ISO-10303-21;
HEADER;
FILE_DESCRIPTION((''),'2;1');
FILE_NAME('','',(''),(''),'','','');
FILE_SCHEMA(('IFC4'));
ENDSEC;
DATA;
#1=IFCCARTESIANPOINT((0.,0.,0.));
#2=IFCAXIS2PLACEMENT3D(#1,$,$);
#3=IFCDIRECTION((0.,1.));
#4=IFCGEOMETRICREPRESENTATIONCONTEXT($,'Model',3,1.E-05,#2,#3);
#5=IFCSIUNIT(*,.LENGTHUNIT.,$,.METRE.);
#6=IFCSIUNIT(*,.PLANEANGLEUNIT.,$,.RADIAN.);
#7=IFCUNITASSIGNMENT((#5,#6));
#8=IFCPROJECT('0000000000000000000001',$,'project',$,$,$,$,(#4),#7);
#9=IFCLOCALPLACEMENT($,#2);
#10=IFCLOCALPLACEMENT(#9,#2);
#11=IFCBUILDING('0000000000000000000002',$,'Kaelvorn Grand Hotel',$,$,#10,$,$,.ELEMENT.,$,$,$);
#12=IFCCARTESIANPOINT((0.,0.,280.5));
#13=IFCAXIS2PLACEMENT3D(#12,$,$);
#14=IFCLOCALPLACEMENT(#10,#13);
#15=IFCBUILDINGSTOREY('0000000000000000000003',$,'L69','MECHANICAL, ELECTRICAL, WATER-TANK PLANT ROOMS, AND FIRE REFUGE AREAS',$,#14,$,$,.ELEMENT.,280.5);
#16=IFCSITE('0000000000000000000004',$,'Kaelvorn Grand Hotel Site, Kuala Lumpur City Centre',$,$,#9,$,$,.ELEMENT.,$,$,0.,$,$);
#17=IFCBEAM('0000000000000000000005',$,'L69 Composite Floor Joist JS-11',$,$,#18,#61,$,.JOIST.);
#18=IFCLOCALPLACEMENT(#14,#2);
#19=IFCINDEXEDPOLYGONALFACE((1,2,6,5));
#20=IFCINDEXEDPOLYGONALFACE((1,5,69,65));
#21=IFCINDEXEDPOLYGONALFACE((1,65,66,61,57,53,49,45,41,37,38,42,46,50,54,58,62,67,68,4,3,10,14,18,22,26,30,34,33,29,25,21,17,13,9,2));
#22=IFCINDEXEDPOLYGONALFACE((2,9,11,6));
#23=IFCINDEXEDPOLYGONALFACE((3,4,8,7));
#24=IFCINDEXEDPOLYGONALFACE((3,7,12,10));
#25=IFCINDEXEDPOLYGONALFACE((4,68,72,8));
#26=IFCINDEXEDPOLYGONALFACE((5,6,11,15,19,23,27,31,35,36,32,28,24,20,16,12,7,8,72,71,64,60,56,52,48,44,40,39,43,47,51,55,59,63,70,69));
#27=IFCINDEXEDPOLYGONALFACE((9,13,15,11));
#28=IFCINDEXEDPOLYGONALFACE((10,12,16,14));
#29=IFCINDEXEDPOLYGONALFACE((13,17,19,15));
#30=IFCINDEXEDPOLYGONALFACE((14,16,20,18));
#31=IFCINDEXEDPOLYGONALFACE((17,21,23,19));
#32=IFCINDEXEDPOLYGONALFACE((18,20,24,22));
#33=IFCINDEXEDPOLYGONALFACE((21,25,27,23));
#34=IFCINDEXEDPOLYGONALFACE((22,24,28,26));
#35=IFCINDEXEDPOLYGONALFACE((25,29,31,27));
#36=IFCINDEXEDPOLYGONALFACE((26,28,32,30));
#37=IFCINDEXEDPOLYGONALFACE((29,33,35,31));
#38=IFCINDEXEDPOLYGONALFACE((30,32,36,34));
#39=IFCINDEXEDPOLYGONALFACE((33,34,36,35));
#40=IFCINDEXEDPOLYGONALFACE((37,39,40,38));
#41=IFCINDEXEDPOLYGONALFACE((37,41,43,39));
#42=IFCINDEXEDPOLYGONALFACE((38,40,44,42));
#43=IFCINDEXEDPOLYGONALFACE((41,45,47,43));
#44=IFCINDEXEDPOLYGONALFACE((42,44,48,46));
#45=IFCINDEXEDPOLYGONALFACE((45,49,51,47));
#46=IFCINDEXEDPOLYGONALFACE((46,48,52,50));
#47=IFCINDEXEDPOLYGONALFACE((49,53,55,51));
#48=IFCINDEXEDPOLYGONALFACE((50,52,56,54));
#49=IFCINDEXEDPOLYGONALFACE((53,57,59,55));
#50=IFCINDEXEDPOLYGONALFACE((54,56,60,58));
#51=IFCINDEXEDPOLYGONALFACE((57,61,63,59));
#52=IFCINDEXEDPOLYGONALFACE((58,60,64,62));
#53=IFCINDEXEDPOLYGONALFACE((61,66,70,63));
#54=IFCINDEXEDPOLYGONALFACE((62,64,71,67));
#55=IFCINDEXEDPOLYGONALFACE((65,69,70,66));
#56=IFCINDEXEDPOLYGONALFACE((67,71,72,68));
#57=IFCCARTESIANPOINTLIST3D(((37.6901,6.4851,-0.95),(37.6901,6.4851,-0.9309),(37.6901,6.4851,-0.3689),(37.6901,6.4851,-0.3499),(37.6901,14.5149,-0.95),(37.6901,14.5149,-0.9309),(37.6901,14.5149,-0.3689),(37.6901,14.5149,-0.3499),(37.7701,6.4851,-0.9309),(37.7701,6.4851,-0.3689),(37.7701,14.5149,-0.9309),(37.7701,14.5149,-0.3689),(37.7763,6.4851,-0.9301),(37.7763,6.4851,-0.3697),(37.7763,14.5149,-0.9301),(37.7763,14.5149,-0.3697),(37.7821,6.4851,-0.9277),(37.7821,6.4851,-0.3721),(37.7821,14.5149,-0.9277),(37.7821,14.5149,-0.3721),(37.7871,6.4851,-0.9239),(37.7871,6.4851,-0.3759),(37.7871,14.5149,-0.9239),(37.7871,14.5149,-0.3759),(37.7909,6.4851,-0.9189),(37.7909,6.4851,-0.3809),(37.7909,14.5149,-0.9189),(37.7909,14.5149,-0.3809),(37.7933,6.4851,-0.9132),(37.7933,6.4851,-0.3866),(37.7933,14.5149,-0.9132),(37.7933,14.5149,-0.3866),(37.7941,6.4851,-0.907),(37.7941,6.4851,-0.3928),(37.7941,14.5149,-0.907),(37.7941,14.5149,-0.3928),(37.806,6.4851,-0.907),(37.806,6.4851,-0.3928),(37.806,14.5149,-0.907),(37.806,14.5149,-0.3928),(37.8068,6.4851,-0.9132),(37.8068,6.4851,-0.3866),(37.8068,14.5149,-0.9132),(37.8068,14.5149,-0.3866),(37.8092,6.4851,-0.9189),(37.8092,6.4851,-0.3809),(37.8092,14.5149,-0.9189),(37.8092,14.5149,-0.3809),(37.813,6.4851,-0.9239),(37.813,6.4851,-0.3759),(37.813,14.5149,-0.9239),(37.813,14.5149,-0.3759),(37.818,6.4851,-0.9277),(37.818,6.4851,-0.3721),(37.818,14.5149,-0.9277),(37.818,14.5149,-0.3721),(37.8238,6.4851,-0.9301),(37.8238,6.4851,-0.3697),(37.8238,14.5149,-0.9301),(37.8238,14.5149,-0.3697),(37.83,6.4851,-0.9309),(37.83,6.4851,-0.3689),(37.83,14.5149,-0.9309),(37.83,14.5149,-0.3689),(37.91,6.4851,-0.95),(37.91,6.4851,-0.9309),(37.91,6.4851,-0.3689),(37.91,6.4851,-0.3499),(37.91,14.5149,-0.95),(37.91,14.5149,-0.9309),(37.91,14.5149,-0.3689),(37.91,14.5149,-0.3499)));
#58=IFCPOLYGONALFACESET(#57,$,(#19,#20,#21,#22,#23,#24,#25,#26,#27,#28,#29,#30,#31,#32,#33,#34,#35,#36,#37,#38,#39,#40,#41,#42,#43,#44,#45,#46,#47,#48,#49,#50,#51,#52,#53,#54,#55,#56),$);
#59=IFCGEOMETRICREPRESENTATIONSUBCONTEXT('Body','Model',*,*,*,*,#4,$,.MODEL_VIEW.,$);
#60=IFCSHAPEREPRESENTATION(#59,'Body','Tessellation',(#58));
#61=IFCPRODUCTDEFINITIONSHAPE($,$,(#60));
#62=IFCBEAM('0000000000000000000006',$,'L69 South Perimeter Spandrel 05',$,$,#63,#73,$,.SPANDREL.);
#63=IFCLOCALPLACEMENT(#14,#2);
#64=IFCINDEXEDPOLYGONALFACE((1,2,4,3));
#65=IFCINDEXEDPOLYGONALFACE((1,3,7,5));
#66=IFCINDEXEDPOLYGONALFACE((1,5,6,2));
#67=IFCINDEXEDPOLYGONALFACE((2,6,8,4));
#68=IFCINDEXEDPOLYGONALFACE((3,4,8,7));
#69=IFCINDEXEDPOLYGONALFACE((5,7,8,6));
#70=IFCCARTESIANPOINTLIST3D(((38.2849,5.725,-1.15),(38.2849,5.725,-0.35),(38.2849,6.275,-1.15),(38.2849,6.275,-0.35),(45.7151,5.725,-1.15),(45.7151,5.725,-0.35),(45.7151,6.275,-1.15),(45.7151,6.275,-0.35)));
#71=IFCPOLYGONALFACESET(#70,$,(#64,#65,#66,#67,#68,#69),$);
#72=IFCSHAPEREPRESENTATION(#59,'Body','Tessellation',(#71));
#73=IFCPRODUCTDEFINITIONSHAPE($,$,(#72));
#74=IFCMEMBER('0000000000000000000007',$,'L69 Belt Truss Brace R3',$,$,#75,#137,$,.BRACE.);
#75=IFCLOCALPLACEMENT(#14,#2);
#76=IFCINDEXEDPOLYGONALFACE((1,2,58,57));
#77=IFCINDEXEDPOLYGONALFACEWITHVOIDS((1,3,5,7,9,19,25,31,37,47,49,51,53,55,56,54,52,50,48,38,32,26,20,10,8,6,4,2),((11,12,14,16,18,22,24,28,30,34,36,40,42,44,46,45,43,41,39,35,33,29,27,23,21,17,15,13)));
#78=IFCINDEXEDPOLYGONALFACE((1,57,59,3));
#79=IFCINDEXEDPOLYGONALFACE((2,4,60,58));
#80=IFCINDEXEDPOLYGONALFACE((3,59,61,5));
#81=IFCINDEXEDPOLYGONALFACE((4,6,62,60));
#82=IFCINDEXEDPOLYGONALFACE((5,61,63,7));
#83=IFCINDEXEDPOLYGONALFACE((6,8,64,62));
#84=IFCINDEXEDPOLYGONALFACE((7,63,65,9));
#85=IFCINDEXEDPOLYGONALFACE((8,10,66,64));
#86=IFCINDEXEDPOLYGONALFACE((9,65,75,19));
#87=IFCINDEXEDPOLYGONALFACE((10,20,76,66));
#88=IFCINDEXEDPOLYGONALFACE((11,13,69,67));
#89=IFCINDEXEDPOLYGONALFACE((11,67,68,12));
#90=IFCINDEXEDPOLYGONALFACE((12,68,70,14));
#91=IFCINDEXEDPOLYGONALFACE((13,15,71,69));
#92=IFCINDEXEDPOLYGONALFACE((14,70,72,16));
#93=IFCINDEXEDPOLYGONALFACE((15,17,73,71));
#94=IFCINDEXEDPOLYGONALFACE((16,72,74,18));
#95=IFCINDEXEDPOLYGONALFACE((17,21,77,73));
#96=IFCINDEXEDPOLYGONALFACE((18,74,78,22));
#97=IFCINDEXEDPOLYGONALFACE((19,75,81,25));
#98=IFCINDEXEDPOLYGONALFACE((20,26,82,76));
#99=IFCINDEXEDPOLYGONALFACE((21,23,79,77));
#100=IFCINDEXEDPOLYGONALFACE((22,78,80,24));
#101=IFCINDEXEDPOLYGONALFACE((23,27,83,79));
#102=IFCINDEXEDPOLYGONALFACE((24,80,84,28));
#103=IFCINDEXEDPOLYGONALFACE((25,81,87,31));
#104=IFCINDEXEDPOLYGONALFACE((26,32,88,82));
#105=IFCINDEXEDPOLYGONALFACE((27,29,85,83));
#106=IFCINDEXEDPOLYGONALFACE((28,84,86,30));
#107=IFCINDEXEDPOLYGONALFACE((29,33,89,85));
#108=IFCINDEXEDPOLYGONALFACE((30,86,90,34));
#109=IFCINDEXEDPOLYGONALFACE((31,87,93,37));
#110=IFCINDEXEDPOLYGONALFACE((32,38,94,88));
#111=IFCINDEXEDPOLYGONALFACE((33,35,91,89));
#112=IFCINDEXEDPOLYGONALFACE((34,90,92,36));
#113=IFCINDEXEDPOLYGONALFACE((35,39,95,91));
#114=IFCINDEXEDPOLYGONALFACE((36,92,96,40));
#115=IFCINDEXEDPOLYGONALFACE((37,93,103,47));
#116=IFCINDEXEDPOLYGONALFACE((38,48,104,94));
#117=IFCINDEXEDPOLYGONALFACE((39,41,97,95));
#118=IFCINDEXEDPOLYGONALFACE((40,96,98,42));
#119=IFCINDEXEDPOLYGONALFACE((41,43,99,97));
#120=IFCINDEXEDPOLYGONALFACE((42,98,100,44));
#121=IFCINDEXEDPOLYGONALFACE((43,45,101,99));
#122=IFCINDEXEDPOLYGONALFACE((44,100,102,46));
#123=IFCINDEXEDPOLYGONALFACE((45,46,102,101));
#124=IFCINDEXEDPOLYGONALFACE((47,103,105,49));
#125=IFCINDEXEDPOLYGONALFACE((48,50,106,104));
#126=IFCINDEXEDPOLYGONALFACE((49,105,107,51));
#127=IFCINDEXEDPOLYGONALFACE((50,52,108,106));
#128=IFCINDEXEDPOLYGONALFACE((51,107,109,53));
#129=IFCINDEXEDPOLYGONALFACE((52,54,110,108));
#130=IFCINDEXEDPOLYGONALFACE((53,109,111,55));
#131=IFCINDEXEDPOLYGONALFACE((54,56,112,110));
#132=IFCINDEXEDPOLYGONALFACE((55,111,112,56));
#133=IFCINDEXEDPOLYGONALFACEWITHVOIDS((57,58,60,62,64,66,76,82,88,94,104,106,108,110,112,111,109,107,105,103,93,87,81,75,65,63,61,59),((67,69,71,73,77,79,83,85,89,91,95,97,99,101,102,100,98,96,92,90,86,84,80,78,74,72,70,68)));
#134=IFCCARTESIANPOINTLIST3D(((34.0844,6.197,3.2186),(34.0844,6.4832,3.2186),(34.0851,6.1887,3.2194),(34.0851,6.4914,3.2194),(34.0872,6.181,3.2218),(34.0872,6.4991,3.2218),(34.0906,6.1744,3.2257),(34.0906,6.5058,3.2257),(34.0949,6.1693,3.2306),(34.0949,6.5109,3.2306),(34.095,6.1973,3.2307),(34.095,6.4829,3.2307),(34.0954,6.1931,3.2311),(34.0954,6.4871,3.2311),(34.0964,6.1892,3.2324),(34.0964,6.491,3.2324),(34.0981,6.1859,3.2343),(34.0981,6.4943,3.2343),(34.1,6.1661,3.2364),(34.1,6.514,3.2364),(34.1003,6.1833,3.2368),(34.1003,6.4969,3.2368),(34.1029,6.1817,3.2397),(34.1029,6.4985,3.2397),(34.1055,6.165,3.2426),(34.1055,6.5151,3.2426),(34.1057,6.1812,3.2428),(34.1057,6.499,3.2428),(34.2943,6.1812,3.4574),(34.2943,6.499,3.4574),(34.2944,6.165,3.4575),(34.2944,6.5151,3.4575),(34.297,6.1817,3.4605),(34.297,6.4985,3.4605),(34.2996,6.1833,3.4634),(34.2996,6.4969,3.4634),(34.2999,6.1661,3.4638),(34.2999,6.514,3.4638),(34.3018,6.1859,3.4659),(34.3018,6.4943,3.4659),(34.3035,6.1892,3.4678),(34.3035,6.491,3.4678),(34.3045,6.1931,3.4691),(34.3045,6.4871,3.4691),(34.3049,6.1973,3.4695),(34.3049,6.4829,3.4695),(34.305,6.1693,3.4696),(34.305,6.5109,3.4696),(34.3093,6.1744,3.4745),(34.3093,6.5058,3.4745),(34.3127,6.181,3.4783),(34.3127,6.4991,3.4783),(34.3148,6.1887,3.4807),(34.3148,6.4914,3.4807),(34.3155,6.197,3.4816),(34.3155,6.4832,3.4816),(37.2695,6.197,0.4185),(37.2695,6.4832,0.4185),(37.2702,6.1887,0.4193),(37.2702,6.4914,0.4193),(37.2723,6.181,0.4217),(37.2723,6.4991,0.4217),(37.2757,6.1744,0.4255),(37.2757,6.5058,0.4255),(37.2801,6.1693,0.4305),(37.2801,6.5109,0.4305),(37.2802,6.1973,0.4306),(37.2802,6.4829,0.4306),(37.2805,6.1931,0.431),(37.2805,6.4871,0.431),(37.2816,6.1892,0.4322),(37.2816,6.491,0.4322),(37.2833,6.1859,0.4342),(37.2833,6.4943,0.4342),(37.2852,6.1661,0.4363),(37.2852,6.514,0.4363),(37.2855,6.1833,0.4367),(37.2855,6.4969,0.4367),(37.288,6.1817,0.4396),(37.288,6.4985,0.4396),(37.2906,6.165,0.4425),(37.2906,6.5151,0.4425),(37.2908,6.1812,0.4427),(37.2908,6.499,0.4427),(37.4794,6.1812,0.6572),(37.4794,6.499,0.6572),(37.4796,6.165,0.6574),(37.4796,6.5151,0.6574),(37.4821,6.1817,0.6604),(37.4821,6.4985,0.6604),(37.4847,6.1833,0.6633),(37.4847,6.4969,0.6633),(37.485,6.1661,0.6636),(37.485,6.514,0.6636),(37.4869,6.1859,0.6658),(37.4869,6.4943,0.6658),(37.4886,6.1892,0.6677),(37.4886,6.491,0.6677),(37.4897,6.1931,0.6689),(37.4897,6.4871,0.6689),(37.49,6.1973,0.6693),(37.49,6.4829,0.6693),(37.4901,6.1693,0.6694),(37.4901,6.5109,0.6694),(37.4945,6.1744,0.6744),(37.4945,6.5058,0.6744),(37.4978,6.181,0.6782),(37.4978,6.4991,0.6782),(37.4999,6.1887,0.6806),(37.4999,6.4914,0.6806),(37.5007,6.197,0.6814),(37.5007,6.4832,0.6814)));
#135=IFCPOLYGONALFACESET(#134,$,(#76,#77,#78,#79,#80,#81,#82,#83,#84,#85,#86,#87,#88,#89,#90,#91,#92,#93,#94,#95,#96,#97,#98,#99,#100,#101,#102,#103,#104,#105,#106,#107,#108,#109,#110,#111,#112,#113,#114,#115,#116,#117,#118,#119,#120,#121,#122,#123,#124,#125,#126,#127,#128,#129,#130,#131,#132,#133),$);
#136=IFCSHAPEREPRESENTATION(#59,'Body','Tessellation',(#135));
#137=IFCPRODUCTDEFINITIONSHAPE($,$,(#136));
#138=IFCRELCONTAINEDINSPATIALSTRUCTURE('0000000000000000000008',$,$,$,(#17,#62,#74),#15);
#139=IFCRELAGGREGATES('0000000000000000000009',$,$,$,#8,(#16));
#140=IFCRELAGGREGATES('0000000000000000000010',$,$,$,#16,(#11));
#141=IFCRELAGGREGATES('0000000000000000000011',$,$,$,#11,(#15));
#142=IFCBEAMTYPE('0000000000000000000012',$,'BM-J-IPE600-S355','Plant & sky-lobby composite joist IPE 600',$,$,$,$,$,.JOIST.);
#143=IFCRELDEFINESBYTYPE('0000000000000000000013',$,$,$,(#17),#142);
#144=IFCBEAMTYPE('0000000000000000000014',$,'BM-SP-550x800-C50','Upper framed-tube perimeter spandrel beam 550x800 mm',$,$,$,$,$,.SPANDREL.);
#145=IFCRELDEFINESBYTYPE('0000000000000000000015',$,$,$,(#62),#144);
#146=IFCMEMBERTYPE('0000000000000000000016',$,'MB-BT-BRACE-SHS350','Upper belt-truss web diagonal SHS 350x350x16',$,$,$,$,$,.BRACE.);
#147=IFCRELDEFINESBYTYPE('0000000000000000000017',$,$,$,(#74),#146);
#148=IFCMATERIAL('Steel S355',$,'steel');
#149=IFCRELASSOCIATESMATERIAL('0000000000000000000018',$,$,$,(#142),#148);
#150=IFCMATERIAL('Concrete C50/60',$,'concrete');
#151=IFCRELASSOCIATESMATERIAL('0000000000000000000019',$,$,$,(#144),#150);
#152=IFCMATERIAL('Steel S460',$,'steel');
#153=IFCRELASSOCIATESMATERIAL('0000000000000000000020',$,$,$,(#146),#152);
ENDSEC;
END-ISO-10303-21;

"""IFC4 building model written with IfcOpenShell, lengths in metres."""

from ifc_helpers import new_model, si_unit, direction, frame, origin, origin_2d, place, context, subcontext, project, spatial, rectangle, hollow_rectangle, i_section, extrude, material, material_profile, profile_set, type_object, element, save


model = new_model("IFC4")

# Units and contexts
model_context = context("Model", 3, precision=1e-05, world=origin(), true_north=direction((0.0, 1.0)))
body_context = subcontext(model_context, "Body", "Model", "MODEL_VIEW")
ifc_project = project(units=[si_unit("LENGTHUNIT", "METRE"), si_unit("PLANEANGLEUNIT", "RADIAN")], contexts=[model_context])

# Site, building, storey
site_placement = place(None, origin())
site = spatial("IfcSite", under=ifc_project, at=site_placement, Name="Kaelvorn Grand Hotel Site, Kuala Lumpur City Centre", CompositionType="ELEMENT", RefElevation=0.0)
building_placement = place(site_placement, origin())
building = spatial("IfcBuilding", under=site, at=building_placement, Name="Kaelvorn Grand Hotel", CompositionType="ELEMENT")
storey_placement = place(building_placement, frame((0.0, 0.0, 280.5)))
storey = spatial("IfcBuildingStorey", under=building, at=storey_placement, Name="L69", Description="MECHANICAL, ELECTRICAL, WATER-TANK PLANT ROOMS, AND FIRE REFUGE AREAS", CompositionType="ELEMENT", Elevation=280.5)

# Shared definitions
ifc_material_1 = material(Name="Concrete C50/60", Category="concrete")

# Beams
ifc_material_2 = material(Name="Steel S460", Category="steel")
ifc_material_3 = material(Name="Steel S355", Category="steel")
ifc_material_profile_1 = material_profile(ifc_material_3, i_section(OverallWidth=0.22, OverallDepth=0.6001, WebThickness=0.012, FlangeThickness=0.019, FilletRadius=0.0239, at=origin_2d()), Name="IPE 600")
ifc_profile_set_1 = profile_set([ifc_material_profile_1], Name="Steel S355")
beam_type_1 = type_object("IfcBeamType", Name="BM-J-IPE600-S355", Description="Plant & sky-lobby composite joist IPE 600", PredefinedType="JOIST", material=ifc_profile_set_1)
beam_1_placement = place(storey_placement, frame((37.8, 6.4851, -0.6499), z_axis=(0.0, 1.0, 0.0), x_axis=(-1.0, 0.0, 0.0)))
element("IfcBeam", 1, at=beam_1_placement, inside=storey, type_object=beam_type_1, Name="L69 Composite Floor Joist JS-11", PredefinedType="JOIST", context=body_context, shape_type="SweptSolid", body=[
    extrude(i_section(OverallWidth=0.22, OverallDepth=0.6001, WebThickness=0.012, FlangeThickness=0.019, FilletRadius=0.0239, at=origin_2d()), origin(), (0.0, 0.0, 1.0), 8.0298),
])
ifc_material_profile_2 = material_profile(ifc_material_1, rectangle(XDim=0.55, YDim=0.8, at=origin_2d()), Name="RC SPANDREL 550x800")
ifc_profile_set_2 = profile_set([ifc_material_profile_2], Name="Concrete C50/60")
beam_type_2 = type_object("IfcBeamType", Name="BM-SP-550x800-C50", Description="Upper framed-tube perimeter spandrel beam 550x800 mm", PredefinedType="SPANDREL", material=ifc_profile_set_2)
beam_2_placement = place(storey_placement, frame((38.2849, 6.0, -0.75), z_axis=(1.0, 0.0, 0.0), x_axis=(0.0, 1.0, 0.0)))
element("IfcBeam", 2, at=beam_2_placement, inside=storey, type_object=beam_type_2, Name="L69 South Perimeter Spandrel 05", PredefinedType="SPANDREL", context=body_context, shape_type="SweptSolid", body=[
    extrude(rectangle(XDim=0.55, YDim=0.8, at=origin_2d()), origin(), (0.0, 0.0, 1.0), 7.4302),
])

# Member
ifc_material_profile_3 = material_profile(ifc_material_2, hollow_rectangle(XDim=0.3501, YDim=0.3501, WallThickness=0.0161, InnerFilletRadius=0.0161, OuterFilletRadius=0.032, at=origin_2d()), Name="SHS 350x350x16.0")
ifc_profile_set_3 = profile_set([ifc_material_profile_3], Name="Steel S460")
member_type_1 = type_object("IfcMemberType", Name="MB-BT-BRACE-SHS350", Description="Upper belt-truss web diagonal SHS 350x350x16", PredefinedType="BRACE", material=ifc_profile_set_3)
member_1_placement = place(storey_placement, frame((34.2, 6.3401, 3.3501), z_axis=(0.751041, 0.0, -0.660255), x_axis=(0.0, 1.0, 0.0)))
element("IfcMember", 3, at=member_1_placement, inside=storey, type_object=member_type_1, Name="L69 Belt Truss Brace R3", PredefinedType="BRACE", context=body_context, shape_type="SweptSolid", body=[
    extrude(hollow_rectangle(XDim=0.3501, YDim=0.3501, WallThickness=0.0161, InnerFilletRadius=0.0161, OuterFilletRadius=0.032, at=origin_2d()), origin(), (0.0, 0.0, 1.0), 4.241),
])

save(model, "model.ifc")
